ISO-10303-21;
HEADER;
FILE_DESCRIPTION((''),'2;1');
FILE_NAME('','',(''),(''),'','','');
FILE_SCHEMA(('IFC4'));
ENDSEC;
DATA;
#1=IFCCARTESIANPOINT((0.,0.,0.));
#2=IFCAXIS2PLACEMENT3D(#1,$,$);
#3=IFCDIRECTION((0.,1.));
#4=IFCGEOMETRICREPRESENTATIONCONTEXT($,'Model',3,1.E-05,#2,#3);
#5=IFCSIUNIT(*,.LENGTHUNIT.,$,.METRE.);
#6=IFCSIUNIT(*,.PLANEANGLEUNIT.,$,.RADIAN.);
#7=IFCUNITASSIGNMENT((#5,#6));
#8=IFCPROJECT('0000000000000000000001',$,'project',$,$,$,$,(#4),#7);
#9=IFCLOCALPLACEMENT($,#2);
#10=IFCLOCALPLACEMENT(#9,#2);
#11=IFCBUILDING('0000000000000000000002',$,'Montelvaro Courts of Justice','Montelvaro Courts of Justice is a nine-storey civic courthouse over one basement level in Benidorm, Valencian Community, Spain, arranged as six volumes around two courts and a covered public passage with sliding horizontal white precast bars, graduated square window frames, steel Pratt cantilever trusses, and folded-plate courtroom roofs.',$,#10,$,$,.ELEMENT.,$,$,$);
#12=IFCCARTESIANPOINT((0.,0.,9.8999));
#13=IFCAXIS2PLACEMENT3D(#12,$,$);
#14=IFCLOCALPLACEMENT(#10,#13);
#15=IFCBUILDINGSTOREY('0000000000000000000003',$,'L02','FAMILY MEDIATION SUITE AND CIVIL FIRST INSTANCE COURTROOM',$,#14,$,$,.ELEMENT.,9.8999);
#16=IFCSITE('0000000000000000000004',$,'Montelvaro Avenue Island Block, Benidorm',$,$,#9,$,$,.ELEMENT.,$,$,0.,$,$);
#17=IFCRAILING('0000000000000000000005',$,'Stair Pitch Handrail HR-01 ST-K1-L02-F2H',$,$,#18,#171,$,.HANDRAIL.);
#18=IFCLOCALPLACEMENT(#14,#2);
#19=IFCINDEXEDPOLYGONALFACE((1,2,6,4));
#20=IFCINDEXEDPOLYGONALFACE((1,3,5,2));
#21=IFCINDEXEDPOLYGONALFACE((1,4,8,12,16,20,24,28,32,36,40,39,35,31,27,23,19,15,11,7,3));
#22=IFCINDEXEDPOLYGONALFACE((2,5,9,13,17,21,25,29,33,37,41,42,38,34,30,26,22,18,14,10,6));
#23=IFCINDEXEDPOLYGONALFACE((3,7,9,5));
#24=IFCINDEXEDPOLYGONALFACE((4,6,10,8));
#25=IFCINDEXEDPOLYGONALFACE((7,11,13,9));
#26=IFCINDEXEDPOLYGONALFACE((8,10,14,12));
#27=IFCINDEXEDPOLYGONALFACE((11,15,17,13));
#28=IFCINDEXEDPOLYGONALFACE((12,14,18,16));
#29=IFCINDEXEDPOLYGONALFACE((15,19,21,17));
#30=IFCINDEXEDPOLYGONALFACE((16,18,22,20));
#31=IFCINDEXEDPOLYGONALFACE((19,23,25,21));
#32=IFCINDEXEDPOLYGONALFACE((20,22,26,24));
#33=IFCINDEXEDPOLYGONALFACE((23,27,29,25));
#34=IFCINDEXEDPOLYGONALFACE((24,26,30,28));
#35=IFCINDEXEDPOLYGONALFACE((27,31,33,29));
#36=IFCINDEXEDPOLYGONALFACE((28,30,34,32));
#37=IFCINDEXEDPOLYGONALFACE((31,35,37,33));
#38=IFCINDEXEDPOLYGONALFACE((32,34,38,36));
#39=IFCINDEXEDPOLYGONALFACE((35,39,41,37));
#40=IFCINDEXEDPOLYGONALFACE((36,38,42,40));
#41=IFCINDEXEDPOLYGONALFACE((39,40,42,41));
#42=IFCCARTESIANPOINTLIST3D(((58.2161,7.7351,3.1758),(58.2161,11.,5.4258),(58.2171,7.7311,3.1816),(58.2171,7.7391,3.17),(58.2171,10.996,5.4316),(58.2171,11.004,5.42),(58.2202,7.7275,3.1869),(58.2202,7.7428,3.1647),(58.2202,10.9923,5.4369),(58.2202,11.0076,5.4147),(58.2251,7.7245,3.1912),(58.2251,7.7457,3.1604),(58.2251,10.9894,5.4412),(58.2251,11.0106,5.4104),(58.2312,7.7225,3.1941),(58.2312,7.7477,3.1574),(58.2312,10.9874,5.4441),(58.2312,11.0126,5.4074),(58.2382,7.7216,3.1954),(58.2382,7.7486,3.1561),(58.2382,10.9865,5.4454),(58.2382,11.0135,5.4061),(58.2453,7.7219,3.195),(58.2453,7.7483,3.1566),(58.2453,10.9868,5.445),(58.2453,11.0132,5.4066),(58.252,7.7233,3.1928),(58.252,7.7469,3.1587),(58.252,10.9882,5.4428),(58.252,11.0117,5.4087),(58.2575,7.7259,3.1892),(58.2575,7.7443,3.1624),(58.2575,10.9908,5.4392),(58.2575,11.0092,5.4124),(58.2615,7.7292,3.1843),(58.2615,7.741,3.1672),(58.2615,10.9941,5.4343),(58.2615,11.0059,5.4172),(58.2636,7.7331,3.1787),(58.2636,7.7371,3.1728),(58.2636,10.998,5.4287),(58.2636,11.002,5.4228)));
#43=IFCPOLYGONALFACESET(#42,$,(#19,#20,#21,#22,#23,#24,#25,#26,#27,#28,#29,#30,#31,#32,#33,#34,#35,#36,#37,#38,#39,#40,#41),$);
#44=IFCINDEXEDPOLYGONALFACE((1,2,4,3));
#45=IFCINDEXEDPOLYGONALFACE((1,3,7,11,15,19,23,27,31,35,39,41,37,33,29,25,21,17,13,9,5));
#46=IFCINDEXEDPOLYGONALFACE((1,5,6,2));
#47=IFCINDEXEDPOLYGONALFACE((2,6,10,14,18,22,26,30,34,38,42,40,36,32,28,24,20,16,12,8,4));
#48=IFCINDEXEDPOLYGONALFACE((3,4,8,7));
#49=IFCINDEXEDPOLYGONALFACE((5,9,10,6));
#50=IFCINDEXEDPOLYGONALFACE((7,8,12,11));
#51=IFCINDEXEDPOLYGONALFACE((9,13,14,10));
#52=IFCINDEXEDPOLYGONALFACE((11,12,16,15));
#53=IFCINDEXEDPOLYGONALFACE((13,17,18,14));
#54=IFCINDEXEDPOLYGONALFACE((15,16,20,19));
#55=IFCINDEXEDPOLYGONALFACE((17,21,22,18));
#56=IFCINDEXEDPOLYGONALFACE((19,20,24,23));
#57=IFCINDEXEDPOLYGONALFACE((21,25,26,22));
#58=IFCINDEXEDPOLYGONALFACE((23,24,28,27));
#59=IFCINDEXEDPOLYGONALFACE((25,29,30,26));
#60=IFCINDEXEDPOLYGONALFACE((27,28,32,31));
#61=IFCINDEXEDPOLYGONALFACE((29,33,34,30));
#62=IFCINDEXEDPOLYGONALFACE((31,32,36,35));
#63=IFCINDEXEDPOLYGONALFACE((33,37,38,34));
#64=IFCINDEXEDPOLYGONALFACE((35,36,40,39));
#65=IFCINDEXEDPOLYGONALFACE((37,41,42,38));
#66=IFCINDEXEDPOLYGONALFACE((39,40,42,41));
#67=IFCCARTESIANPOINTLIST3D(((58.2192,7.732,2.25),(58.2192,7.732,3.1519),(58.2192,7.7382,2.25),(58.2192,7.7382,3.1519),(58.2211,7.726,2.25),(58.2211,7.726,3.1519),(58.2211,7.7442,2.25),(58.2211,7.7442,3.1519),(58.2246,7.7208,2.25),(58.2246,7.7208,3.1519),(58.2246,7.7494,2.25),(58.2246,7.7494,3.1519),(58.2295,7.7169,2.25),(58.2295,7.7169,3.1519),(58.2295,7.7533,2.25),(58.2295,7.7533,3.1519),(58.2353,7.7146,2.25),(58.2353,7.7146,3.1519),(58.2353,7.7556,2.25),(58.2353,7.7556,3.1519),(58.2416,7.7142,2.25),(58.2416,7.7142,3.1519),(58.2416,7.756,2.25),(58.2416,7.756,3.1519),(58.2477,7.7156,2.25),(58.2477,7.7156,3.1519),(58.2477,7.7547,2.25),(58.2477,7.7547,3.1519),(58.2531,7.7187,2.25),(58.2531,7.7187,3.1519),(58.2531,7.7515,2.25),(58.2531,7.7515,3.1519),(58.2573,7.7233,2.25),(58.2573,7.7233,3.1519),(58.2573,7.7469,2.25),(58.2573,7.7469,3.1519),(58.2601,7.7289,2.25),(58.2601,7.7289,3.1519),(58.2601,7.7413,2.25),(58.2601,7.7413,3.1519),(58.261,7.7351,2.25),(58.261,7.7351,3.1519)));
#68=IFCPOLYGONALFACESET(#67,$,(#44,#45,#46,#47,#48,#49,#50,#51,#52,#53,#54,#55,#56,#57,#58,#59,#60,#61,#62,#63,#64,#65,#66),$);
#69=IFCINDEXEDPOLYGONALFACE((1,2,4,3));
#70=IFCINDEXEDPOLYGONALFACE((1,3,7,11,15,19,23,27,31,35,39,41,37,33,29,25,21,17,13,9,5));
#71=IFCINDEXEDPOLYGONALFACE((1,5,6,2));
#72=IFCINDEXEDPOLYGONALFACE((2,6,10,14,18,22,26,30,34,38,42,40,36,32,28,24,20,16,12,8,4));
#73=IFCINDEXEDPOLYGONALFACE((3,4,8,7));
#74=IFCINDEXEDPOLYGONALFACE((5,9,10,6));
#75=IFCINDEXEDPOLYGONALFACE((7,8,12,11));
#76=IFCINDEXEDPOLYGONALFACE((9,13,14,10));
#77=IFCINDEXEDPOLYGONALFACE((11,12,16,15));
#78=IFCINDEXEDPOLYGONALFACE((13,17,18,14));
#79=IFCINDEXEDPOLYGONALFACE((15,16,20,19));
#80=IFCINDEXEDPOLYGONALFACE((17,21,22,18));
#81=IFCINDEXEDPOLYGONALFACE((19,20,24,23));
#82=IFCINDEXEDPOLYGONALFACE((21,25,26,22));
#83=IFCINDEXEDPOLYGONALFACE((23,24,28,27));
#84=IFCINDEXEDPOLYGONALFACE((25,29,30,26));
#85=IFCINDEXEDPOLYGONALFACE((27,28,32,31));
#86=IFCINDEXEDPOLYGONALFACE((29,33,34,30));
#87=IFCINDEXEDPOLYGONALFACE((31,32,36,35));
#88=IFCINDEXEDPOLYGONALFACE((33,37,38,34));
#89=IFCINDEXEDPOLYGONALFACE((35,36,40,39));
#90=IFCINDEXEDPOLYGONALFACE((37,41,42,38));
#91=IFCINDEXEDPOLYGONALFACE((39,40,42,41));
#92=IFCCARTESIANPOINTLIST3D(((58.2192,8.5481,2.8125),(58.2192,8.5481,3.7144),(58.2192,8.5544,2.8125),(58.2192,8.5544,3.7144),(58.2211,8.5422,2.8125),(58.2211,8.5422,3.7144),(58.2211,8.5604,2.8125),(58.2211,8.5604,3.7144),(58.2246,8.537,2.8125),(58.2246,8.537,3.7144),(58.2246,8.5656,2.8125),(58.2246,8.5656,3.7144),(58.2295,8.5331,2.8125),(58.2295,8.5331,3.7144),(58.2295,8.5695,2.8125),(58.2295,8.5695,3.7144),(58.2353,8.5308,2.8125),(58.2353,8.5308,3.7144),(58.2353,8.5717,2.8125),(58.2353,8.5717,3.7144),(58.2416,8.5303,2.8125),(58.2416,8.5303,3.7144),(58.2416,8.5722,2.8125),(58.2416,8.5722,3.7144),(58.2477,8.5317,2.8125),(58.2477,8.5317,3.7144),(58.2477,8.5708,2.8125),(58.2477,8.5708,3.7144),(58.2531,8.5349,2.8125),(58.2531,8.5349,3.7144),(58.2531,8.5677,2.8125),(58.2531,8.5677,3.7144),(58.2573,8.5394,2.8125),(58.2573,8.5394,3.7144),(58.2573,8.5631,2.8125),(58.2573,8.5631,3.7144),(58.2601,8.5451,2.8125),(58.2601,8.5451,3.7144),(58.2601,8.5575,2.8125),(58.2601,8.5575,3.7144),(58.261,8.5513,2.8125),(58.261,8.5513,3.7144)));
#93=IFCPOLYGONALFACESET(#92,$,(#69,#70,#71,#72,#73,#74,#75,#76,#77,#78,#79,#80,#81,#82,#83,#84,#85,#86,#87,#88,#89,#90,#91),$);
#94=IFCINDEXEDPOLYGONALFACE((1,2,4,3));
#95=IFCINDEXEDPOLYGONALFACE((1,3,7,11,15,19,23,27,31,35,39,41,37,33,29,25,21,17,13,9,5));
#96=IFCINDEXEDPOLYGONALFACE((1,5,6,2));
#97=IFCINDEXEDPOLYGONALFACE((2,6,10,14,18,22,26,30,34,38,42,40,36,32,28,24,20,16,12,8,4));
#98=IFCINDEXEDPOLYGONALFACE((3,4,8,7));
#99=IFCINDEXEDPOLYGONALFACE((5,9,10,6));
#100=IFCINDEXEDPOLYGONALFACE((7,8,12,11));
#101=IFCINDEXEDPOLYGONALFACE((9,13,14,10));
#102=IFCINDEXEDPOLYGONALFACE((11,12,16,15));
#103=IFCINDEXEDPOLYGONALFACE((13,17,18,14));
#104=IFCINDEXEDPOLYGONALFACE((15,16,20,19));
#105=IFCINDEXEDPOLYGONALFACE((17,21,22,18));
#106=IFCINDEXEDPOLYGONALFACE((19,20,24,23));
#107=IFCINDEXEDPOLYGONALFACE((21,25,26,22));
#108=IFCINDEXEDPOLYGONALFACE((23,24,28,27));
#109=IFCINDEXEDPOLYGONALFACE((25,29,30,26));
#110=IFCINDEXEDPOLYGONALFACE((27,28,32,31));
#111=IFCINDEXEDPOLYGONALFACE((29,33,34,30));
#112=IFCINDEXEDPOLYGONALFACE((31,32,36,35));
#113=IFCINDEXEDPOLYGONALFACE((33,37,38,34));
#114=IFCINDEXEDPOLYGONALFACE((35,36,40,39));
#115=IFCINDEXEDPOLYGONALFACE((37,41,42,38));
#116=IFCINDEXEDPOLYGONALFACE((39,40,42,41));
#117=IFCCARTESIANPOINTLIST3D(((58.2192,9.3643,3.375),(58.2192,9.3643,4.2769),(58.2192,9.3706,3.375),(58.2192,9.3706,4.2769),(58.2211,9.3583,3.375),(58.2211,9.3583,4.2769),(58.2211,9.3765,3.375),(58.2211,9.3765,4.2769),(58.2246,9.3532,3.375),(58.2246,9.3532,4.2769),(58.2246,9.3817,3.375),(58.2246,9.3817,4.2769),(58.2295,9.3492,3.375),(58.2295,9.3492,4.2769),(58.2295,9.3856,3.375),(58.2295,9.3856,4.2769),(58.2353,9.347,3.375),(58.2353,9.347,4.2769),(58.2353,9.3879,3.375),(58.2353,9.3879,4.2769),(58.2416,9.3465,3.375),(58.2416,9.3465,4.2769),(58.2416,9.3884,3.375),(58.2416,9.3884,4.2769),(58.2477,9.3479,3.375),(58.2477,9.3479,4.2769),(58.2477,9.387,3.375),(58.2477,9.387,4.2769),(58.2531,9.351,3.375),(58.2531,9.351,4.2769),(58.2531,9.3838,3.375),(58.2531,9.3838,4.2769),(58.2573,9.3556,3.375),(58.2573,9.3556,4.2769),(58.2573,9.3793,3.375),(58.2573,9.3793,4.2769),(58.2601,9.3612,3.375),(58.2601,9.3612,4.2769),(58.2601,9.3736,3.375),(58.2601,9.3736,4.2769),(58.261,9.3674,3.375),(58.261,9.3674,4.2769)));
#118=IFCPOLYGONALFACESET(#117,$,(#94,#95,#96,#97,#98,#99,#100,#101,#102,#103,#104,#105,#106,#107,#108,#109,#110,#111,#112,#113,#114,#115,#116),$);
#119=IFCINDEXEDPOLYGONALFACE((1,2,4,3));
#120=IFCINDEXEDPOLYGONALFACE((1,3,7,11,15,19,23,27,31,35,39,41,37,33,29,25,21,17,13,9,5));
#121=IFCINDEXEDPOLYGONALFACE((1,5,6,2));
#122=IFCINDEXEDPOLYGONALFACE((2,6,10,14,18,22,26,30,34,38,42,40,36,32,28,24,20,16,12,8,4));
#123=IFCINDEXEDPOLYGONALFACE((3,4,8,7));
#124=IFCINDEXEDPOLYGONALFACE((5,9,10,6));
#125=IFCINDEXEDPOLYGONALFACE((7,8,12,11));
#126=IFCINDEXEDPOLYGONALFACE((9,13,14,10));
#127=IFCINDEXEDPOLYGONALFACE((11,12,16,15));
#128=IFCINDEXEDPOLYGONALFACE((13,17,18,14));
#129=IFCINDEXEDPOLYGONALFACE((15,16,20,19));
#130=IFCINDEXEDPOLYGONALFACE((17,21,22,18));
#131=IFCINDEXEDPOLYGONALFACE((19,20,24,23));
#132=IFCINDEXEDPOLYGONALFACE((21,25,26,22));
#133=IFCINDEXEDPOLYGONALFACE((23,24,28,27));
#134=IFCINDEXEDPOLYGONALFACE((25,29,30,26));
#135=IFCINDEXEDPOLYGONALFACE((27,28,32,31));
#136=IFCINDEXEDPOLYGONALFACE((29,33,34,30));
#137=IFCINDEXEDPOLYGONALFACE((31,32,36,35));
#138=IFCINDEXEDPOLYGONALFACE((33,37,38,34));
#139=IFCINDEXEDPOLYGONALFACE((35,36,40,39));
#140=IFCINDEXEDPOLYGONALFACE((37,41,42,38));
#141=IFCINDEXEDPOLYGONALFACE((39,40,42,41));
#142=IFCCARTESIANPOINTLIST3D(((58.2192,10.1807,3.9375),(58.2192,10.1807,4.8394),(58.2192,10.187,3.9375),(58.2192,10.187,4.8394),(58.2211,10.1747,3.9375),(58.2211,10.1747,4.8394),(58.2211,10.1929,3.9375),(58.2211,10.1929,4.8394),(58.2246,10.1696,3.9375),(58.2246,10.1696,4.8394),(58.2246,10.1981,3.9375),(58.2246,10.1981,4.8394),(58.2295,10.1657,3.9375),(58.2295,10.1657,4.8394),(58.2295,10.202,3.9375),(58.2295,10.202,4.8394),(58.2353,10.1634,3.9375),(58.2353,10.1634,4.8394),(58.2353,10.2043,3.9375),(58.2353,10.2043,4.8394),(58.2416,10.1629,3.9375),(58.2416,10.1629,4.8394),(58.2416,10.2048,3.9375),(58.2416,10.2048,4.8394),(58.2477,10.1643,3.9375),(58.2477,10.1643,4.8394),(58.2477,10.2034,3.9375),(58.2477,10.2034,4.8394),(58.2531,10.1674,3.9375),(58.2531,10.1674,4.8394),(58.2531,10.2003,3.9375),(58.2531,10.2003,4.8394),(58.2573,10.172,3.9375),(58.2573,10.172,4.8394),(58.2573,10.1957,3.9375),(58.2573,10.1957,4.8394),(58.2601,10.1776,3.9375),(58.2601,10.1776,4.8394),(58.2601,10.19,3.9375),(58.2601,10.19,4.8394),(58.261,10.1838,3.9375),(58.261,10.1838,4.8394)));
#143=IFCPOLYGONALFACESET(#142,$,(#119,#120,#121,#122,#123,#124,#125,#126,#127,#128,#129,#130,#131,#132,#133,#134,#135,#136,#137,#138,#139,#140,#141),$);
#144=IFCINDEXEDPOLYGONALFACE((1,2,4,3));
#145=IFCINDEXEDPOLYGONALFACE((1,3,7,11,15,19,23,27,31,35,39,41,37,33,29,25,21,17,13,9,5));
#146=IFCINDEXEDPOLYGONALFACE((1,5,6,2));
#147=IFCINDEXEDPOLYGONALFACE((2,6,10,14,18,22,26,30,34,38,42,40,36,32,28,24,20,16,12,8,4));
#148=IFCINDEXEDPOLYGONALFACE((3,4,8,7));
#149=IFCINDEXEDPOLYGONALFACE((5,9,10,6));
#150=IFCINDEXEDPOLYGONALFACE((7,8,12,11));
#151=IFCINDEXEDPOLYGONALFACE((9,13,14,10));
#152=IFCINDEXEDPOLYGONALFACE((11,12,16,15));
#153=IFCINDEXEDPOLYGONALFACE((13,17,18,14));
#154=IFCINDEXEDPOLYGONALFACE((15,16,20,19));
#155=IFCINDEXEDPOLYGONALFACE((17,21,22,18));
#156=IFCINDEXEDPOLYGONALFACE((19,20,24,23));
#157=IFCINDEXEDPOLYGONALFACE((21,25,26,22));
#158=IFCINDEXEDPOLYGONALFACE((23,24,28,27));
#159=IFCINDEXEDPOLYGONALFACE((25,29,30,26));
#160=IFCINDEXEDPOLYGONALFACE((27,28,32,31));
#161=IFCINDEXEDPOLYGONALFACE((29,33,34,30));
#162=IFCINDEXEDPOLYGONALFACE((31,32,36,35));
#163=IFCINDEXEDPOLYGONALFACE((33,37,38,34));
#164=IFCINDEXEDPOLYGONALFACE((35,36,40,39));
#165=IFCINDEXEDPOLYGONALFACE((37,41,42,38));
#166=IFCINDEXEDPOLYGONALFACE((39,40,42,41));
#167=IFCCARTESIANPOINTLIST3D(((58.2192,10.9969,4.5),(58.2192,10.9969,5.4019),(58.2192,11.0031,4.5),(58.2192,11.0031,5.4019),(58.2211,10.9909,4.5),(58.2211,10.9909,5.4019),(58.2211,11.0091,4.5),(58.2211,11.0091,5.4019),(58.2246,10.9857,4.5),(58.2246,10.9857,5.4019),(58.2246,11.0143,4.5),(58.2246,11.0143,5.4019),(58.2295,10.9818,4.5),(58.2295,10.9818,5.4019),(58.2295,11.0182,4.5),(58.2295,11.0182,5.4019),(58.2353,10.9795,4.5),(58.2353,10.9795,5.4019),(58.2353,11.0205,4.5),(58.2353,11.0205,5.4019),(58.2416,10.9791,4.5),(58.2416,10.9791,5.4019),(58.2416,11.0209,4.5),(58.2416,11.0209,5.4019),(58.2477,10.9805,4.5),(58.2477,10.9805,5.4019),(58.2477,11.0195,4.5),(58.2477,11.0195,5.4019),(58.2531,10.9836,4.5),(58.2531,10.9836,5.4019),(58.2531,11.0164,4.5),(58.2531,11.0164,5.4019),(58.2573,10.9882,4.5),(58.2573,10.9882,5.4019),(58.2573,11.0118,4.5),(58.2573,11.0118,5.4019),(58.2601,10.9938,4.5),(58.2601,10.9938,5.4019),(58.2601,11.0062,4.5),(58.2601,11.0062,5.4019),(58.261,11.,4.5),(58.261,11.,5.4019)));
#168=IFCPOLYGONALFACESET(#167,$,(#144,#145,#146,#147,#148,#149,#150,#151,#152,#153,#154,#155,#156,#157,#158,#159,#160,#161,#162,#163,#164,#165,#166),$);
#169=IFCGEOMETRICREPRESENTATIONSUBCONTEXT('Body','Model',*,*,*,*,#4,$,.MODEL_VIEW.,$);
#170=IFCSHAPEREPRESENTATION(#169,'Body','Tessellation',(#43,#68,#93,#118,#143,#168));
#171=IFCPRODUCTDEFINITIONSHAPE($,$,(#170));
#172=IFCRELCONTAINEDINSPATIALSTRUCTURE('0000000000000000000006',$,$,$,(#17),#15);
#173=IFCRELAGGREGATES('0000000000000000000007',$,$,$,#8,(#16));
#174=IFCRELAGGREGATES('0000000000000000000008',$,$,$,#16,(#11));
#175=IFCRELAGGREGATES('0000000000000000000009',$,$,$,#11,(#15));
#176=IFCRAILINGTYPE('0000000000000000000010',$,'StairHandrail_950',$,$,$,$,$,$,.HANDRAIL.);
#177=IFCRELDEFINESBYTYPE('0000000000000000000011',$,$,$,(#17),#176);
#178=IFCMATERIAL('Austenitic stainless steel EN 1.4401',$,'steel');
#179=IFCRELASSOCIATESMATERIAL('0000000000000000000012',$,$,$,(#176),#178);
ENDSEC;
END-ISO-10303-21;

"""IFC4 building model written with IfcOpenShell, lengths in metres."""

from ifc_helpers import new_model, si_unit, direction, frame, origin, origin_2d, place, context, subcontext, project, spatial, circle, extrude, material, type_object, element, save


model = new_model("IFC4")

# Units and contexts
model_context = context("Model", 3, precision=1e-05, world=origin(), true_north=direction((0.0, 1.0)))
body_context = subcontext(model_context, "Body", "Model", "MODEL_VIEW")
ifc_project = project(units=[si_unit("LENGTHUNIT", "METRE"), si_unit("PLANEANGLEUNIT", "RADIAN")], contexts=[model_context])

# Site, building, storey
site_placement = place(None, origin())
site = spatial("IfcSite", under=ifc_project, at=site_placement, Name="Montelvaro Avenue Island Block, Benidorm", CompositionType="ELEMENT", RefElevation=0.0)
building_placement = place(site_placement, origin())
building = spatial("IfcBuilding", under=site, at=building_placement, Name="Montelvaro Courts of Justice", Description="Montelvaro Courts of Justice is a nine-storey civic courthouse over one basement level in Benidorm, Valencian Community, Spain, arranged as six volumes around two courts and a covered public passage with sliding horizontal white precast bars, graduated square window frames, steel Pratt cantilever trusses, and folded-plate courtroom roofs.", CompositionType="ELEMENT")
storey_placement = place(building_placement, frame((0.0, 0.0, 9.8999)))
storey = spatial("IfcBuildingStorey", under=building, at=storey_placement, Name="L02", Description="FAMILY MEDIATION SUITE AND CIVIL FIRST INSTANCE COURTROOM", CompositionType="ELEMENT", Elevation=9.8999)

# Railing
ifc_material_1 = material(Name="Austenitic stainless steel EN 1.4401", Category="steel")
railing_type_1 = type_object("IfcRailingType", Name="StairHandrail_950", PredefinedType="HANDRAIL", material=ifc_material_1)
railing_1_placement = place(storey_placement, frame((58.24, 7.7351, 2.25)))
element("IfcRailing", 1, at=railing_1_placement, inside=storey, type_object=railing_type_1, Name="Stair Pitch Handrail HR-01 ST-K1-L02-F2H", PredefinedType="HANDRAIL", context=body_context, shape_type="SweptSolid", body=[
    extrude(circle(Radius=0.0239, at=origin_2d()), frame((0.0, 0.0, 0.9258), z_axis=(0.0, 0.823407, 0.567451), x_axis=(-1.0, 0.0, 0.0)), (0.0, 0.0, 1.0), 3.9651),
    extrude(circle(Radius=0.021, at=origin_2d()), origin(), (0.0, 0.0, 1.0), 0.9019),
    extrude(circle(Radius=0.021, at=origin_2d()), frame((0.0, 0.8162, 0.5625)), (0.0, 0.0, 1.0), 0.9019),
    extrude(circle(Radius=0.021, at=origin_2d()), frame((0.0, 1.6323, 1.125)), (0.0, 0.0, 1.0), 0.9019),
    extrude(circle(Radius=0.021, at=origin_2d()), frame((0.0, 2.4487, 1.6875)), (0.0, 0.0, 1.0), 0.9019),
    extrude(circle(Radius=0.021, at=origin_2d()), frame((0.0, 3.2649, 2.25)), (0.0, 0.0, 1.0), 0.9019),
])

save(model, "model.ifc")
